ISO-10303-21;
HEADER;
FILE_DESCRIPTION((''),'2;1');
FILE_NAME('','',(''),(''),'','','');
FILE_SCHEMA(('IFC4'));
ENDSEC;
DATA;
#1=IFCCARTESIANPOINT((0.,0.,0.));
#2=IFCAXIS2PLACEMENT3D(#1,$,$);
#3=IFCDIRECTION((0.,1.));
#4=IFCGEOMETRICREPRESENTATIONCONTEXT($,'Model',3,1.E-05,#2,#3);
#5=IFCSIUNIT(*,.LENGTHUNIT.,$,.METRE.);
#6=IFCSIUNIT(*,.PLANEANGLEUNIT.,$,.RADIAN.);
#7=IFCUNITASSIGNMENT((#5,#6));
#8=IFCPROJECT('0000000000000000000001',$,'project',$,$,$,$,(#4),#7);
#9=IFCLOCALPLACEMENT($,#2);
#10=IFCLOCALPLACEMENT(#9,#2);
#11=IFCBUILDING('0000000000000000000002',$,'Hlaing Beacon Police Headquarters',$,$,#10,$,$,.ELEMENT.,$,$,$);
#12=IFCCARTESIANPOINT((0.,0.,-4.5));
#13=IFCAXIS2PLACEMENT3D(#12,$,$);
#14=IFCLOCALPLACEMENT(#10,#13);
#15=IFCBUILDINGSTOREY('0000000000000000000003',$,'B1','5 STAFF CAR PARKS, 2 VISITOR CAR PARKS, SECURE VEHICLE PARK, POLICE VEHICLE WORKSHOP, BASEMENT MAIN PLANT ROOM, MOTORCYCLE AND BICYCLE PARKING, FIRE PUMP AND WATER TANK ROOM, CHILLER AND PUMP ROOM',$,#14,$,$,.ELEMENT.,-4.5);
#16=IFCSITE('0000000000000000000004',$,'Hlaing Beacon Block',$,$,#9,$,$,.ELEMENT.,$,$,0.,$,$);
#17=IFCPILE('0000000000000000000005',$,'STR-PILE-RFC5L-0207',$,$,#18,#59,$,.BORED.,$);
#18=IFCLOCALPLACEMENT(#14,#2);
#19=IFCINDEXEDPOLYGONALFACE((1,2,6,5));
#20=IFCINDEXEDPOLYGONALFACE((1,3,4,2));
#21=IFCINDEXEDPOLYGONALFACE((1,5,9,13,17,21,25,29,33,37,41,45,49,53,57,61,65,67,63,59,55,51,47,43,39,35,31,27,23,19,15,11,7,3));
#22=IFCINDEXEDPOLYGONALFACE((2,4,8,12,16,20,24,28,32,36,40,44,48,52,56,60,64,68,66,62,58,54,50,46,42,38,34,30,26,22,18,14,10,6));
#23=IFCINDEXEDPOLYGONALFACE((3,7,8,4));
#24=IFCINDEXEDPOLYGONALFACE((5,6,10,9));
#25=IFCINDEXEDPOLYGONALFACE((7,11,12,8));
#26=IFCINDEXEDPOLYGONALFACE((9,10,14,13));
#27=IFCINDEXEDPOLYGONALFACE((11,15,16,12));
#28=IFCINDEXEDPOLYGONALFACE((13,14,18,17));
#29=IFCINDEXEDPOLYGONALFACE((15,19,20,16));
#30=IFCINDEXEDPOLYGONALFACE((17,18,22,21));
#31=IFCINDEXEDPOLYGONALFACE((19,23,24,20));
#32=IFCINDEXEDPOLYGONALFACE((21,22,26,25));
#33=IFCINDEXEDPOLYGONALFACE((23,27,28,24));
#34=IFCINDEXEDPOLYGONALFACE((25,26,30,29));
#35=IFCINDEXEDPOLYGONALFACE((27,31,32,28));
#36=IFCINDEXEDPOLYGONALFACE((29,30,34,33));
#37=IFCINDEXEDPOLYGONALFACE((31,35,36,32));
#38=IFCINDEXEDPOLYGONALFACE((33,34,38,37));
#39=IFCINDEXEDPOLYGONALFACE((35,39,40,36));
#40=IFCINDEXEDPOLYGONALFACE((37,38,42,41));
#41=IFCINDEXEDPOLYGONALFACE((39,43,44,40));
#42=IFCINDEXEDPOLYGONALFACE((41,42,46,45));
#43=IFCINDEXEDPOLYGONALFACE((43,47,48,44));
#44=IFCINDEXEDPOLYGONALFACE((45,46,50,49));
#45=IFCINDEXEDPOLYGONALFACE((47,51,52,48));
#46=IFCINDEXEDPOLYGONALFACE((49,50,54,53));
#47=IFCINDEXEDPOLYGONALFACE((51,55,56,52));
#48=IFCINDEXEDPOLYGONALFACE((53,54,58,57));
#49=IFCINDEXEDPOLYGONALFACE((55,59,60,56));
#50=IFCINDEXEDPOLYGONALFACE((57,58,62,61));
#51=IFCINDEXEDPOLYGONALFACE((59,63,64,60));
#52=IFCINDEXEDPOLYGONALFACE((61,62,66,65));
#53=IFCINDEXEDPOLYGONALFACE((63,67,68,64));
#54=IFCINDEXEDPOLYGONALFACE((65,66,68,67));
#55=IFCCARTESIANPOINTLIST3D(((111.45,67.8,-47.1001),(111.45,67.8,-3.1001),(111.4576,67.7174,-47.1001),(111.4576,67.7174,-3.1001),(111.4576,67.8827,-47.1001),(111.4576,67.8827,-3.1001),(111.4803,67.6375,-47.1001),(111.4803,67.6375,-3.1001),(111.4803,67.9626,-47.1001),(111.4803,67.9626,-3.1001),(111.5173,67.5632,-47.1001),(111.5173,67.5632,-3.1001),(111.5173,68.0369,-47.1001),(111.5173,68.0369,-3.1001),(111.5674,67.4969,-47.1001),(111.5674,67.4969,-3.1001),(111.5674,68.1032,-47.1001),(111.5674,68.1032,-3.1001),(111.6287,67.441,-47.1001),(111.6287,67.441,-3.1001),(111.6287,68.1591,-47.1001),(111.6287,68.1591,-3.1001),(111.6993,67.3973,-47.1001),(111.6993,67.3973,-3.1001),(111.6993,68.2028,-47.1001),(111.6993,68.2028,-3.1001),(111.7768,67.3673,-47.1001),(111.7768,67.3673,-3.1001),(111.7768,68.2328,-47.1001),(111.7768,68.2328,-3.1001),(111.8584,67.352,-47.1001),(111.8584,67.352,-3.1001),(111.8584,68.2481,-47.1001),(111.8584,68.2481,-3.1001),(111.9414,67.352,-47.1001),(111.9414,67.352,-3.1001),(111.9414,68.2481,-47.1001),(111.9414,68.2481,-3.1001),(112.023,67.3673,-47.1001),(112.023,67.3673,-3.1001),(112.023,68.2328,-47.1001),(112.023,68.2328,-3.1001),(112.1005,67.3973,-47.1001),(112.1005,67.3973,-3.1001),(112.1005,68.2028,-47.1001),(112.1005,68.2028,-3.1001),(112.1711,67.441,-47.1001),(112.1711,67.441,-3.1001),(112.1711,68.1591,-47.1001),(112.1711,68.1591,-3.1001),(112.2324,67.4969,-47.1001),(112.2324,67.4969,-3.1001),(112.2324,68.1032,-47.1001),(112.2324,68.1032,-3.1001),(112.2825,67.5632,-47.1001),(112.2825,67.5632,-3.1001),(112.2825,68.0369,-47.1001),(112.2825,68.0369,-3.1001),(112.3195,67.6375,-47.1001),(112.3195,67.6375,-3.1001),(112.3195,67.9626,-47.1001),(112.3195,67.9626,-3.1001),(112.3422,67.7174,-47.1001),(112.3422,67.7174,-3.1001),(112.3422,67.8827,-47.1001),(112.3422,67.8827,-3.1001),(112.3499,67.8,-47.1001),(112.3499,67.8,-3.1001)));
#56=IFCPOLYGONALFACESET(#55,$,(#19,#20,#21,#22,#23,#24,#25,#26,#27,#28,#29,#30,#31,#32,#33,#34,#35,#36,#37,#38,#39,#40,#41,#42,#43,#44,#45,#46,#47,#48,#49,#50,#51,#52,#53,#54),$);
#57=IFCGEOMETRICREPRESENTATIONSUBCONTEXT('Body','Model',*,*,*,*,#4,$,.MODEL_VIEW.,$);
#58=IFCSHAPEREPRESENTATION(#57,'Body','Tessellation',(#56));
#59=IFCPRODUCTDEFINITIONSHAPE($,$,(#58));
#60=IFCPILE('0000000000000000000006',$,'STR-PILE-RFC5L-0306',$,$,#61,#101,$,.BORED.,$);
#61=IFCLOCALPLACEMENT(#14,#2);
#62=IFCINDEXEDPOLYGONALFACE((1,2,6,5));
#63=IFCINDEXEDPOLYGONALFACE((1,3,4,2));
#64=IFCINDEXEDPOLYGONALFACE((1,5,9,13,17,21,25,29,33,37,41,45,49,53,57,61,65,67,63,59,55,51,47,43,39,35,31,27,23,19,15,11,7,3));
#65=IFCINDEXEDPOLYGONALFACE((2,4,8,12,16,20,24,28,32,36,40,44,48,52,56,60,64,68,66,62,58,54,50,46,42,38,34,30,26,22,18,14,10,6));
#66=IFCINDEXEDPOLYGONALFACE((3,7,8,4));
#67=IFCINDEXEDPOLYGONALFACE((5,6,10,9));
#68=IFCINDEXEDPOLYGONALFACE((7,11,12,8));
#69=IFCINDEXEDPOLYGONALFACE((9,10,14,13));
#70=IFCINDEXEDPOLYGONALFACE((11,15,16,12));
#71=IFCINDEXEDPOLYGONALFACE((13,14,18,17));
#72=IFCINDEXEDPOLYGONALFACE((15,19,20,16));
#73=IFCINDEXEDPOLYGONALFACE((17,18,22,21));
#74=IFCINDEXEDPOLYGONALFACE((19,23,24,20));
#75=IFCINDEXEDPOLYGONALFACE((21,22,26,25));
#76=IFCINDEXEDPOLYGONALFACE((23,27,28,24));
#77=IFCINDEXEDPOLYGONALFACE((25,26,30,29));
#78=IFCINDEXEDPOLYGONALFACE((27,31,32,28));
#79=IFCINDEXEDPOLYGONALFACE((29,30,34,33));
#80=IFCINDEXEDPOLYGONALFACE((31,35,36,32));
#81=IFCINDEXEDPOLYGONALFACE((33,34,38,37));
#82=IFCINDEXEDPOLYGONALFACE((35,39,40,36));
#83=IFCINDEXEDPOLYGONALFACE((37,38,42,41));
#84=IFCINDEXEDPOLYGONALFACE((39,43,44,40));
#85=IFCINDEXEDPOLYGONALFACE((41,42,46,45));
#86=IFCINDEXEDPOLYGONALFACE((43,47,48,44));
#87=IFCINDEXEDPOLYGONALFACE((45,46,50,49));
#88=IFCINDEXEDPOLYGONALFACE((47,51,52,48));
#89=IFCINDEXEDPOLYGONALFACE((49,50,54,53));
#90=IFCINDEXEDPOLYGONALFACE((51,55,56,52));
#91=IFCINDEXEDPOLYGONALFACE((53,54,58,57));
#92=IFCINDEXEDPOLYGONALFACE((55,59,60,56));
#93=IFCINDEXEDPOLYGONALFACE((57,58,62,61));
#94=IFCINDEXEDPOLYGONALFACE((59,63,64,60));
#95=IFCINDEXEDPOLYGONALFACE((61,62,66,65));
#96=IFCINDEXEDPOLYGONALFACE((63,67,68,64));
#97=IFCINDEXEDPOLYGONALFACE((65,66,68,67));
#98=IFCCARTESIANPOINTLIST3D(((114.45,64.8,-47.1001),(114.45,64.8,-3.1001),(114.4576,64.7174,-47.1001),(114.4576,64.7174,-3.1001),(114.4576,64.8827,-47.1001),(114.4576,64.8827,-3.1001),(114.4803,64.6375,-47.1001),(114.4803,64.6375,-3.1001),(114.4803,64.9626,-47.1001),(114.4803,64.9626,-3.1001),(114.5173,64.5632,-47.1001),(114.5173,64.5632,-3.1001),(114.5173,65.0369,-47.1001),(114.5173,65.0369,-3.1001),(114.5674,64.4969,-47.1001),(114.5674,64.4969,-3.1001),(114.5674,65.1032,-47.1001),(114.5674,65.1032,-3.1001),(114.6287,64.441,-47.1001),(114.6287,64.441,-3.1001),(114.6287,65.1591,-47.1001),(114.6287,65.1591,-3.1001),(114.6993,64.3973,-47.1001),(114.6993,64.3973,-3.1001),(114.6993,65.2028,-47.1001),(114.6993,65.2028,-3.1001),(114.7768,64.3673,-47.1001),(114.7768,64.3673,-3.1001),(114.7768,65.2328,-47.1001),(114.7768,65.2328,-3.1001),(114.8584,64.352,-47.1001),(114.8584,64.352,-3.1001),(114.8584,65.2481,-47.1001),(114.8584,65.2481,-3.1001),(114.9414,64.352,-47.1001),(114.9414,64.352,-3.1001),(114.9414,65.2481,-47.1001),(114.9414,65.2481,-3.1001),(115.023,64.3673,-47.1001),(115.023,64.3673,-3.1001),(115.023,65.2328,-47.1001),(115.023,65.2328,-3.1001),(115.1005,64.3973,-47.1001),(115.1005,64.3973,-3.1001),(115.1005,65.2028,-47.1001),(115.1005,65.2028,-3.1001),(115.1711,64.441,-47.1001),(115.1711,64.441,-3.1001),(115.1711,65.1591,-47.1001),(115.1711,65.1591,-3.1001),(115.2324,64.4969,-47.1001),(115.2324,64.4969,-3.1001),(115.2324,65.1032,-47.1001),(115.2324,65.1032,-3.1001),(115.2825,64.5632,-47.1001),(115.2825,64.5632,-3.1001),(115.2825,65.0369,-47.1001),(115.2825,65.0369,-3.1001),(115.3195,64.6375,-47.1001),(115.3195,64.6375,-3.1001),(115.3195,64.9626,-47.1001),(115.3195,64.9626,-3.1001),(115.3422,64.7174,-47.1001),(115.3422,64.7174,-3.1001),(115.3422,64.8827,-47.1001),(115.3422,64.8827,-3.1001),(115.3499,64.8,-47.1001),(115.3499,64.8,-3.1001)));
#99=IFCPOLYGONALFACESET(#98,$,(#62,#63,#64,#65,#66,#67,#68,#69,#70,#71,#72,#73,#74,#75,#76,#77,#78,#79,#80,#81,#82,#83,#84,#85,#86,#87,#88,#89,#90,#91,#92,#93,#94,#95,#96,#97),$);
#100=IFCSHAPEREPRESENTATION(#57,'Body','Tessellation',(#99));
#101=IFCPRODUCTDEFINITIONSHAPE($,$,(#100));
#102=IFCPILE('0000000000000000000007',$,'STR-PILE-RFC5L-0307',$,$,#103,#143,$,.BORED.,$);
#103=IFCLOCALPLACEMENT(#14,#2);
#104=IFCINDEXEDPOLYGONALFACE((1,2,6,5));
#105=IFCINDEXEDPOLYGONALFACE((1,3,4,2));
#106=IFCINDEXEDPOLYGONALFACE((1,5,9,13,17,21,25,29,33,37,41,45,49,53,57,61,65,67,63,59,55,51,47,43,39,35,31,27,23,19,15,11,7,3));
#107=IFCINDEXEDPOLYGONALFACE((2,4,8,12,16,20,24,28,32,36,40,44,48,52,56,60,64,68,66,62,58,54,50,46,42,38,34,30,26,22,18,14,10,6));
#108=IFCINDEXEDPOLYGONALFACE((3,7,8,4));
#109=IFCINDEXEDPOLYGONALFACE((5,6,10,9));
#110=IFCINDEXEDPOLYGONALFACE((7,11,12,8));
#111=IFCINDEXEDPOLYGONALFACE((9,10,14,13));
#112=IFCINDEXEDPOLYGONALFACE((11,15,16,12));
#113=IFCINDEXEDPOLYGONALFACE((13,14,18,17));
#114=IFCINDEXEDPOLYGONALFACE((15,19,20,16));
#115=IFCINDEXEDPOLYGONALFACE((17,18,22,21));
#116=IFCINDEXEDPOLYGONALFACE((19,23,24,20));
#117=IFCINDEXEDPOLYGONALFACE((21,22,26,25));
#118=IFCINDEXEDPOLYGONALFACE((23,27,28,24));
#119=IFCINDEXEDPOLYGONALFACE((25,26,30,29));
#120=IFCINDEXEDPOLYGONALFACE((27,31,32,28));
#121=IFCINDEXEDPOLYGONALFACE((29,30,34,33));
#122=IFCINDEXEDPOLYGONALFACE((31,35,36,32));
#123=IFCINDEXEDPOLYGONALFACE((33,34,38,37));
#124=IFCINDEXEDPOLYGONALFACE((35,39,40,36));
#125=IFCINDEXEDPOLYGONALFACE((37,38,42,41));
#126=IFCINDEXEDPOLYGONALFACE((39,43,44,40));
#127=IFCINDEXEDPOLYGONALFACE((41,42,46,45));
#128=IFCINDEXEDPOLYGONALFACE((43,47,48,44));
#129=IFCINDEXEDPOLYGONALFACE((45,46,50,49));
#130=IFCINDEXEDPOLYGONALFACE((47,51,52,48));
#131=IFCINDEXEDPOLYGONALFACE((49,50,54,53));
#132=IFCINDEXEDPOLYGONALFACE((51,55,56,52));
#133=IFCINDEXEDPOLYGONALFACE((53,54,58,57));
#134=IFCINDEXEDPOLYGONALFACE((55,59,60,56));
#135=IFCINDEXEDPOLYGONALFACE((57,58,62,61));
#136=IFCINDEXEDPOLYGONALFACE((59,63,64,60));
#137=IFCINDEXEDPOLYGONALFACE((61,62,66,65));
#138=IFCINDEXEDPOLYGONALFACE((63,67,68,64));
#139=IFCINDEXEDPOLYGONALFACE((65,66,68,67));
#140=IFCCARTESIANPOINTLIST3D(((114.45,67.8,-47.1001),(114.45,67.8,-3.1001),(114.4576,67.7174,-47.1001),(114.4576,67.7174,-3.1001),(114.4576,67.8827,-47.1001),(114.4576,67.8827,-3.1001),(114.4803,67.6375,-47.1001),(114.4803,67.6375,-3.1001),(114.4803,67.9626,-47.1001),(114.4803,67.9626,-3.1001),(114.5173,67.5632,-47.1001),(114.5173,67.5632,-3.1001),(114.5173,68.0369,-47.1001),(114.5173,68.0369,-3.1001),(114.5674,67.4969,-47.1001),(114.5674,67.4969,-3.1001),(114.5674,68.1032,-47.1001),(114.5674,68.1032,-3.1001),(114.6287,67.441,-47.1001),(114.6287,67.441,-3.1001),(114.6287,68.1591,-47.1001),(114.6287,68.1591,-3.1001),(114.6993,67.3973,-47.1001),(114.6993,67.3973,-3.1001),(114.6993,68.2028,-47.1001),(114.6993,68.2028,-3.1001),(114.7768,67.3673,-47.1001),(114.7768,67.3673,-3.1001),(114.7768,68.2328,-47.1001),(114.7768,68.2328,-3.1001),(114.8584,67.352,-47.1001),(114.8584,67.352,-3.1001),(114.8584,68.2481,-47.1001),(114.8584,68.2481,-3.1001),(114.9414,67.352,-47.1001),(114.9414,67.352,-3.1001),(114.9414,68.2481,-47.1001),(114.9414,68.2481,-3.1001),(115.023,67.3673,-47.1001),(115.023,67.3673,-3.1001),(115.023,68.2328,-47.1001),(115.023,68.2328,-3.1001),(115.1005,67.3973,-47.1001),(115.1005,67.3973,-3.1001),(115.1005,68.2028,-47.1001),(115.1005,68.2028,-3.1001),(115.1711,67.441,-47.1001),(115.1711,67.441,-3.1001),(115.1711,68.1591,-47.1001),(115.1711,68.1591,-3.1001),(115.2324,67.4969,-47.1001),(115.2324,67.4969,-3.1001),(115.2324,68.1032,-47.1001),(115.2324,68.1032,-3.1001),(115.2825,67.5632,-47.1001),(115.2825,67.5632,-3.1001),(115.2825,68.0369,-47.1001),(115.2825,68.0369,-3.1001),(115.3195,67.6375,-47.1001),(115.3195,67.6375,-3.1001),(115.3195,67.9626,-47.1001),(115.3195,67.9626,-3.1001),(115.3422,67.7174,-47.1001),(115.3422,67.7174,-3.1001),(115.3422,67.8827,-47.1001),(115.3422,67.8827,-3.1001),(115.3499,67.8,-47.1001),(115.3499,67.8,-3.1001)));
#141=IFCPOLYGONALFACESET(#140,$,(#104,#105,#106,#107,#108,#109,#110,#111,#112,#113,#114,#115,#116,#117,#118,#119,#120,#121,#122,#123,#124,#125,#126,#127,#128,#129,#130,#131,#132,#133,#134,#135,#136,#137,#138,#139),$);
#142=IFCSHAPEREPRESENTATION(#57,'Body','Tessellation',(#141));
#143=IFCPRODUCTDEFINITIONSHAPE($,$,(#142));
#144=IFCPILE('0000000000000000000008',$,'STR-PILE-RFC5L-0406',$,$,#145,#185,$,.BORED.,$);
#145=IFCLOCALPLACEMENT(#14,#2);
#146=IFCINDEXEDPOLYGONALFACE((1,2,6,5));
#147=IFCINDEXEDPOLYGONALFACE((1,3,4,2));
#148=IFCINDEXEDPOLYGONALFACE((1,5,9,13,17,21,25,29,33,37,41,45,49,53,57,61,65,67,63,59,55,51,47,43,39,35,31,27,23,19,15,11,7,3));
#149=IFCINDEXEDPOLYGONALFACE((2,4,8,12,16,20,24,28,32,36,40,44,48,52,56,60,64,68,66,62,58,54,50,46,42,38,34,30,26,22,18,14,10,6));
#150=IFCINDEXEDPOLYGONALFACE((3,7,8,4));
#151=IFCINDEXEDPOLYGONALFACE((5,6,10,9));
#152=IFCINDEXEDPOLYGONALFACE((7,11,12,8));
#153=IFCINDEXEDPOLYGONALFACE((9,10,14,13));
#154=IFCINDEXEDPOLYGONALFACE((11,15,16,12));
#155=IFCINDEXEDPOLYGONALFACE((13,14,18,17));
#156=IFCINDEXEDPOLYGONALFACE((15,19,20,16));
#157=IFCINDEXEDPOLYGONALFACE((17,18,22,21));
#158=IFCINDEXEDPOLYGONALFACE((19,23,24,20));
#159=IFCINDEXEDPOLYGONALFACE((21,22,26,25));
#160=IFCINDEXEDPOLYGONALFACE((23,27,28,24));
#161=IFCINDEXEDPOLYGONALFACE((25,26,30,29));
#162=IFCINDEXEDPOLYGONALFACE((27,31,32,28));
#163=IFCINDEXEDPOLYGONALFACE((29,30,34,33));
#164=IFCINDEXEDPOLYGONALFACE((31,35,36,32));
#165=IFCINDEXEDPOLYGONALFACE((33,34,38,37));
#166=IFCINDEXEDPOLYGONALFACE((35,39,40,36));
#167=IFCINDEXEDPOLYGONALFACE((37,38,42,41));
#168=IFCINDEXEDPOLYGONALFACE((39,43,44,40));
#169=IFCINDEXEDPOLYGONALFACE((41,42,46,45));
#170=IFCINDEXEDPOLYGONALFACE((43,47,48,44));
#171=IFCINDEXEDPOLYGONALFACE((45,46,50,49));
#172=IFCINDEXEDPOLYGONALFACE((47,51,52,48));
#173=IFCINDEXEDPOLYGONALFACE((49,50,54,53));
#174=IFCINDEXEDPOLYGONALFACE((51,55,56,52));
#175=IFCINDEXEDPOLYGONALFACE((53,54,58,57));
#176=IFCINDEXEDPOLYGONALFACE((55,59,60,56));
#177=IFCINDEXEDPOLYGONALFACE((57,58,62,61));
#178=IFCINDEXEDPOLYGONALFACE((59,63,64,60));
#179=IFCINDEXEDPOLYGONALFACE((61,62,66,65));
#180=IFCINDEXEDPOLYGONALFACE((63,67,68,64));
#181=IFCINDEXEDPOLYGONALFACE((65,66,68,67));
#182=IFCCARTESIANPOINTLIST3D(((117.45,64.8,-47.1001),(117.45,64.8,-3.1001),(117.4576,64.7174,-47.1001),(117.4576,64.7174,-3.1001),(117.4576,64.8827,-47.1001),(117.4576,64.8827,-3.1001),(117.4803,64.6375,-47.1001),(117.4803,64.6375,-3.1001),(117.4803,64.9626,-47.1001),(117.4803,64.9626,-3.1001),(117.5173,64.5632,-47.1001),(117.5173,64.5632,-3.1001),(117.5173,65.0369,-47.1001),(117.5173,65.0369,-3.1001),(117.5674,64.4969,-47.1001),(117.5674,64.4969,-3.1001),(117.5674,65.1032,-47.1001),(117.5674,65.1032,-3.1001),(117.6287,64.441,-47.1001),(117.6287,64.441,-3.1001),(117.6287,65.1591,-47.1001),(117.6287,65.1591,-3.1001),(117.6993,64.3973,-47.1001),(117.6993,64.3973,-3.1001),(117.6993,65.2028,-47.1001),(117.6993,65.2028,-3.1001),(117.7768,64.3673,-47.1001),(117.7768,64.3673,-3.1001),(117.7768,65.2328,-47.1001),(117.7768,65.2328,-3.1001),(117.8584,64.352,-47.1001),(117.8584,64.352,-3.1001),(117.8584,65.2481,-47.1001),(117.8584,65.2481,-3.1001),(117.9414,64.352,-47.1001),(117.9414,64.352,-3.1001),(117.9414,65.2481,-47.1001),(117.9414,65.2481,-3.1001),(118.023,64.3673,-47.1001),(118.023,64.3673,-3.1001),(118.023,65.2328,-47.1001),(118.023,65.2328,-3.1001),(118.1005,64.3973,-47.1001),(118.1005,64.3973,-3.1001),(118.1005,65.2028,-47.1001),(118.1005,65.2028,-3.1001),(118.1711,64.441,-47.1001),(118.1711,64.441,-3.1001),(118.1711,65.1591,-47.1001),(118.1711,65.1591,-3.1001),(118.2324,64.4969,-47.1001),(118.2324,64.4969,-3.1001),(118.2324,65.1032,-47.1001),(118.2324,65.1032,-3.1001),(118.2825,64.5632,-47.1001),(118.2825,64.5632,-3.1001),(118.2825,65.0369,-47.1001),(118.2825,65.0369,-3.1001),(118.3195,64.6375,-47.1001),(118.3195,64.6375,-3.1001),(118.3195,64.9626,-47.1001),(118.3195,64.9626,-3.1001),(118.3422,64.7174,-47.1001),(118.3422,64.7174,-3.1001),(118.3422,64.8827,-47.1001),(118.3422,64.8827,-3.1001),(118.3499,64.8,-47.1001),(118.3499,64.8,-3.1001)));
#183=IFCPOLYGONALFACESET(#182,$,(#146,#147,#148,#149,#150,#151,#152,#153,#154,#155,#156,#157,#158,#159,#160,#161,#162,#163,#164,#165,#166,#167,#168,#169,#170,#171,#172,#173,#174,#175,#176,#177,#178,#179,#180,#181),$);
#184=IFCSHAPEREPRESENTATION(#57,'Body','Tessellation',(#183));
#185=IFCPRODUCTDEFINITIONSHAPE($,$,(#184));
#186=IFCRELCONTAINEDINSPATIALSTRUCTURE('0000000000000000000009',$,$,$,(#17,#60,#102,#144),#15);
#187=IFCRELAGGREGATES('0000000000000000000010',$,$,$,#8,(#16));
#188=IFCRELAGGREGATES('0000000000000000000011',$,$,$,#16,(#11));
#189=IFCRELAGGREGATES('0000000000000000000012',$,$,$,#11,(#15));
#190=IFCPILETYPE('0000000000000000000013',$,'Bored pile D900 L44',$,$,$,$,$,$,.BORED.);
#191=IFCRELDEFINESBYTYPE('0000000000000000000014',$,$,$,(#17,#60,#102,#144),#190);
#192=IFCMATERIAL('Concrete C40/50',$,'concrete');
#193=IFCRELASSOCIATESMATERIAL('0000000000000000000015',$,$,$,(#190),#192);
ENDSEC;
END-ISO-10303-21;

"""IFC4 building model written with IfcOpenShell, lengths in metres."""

from ifc_helpers import new_model, si_unit, direction, frame, origin, origin_2d, place, context, subcontext, project, spatial, circle, extrude, material, material_profile, profile_set, type_object, element, save


model = new_model("IFC4")

# Units and contexts
model_context = context("Model", 3, precision=1e-05, world=origin(), true_north=direction((0.0, 1.0)))
body_context = subcontext(model_context, "Body", "Model", "MODEL_VIEW")
ifc_project = project(units=[si_unit("LENGTHUNIT", "METRE"), si_unit("PLANEANGLEUNIT", "RADIAN")], contexts=[model_context])

# Site, building, storey
site_placement = place(None, origin())
site = spatial("IfcSite", under=ifc_project, at=site_placement, Name="Hlaing Beacon Block", CompositionType="ELEMENT", RefElevation=0.0)
building_placement = place(site_placement, origin())
building = spatial("IfcBuilding", under=site, at=building_placement, Name="Hlaing Beacon Police Headquarters", CompositionType="ELEMENT")
storey_placement = place(building_placement, frame((0.0, 0.0, -4.5)))
storey = spatial("IfcBuildingStorey", under=building, at=storey_placement, Name="B1", Description="5 STAFF CAR PARKS, 2 VISITOR CAR PARKS, SECURE VEHICLE PARK, POLICE VEHICLE WORKSHOP, BASEMENT MAIN PLANT ROOM, MOTORCYCLE AND BICYCLE PARKING, FIRE PUMP AND WATER TANK ROOM, CHILLER AND PUMP ROOM", CompositionType="ELEMENT", Elevation=-4.5)

# Piles
ifc_material_1 = material(Name="Concrete C40/50", Category="concrete")
ifc_material_profile_1 = material_profile(ifc_material_1, circle(Radius=0.45, at=origin_2d()), Name="D900")
ifc_profile_set_1 = profile_set([ifc_material_profile_1], Name="Concrete C40/50")
pile_type_1 = type_object("IfcPileType", Name="Bored pile D900 L44", PredefinedType="BORED", material=ifc_profile_set_1)
for number, where, z_axis, x_axis, name in (
    (1, (111.8999, 67.8, -3.1001), (0.0, 0.0, -1.0), (1.0, 0.0, 0.0), "STR-PILE-RFC5L-0207"),
    (2, (114.8999, 64.8, -3.1001), (0.0, 0.0, -1.0), (1.0, 0.0, 0.0), "STR-PILE-RFC5L-0306"),
    (3, (114.8999, 67.8, -3.1001), (0.0, 0.0, -1.0), (1.0, 0.0, 0.0), "STR-PILE-RFC5L-0307"),
    (4, (117.8999, 64.8, -3.1001), (0.0, 0.0, -1.0), (1.0, 0.0, 0.0), "STR-PILE-RFC5L-0406"),
):
    element("IfcPile", number, at=place(storey_placement, frame(where, z_axis=z_axis, x_axis=x_axis)), inside=storey, type_object=pile_type_1, Name=name, PredefinedType="BORED", context=body_context, shape_type="SweptSolid", body=[
        extrude(circle(Radius=0.45, at=origin_2d()), origin(), (0.0, 0.0, 1.0), 44.0),
    ])

save(model, "model.ifc")
